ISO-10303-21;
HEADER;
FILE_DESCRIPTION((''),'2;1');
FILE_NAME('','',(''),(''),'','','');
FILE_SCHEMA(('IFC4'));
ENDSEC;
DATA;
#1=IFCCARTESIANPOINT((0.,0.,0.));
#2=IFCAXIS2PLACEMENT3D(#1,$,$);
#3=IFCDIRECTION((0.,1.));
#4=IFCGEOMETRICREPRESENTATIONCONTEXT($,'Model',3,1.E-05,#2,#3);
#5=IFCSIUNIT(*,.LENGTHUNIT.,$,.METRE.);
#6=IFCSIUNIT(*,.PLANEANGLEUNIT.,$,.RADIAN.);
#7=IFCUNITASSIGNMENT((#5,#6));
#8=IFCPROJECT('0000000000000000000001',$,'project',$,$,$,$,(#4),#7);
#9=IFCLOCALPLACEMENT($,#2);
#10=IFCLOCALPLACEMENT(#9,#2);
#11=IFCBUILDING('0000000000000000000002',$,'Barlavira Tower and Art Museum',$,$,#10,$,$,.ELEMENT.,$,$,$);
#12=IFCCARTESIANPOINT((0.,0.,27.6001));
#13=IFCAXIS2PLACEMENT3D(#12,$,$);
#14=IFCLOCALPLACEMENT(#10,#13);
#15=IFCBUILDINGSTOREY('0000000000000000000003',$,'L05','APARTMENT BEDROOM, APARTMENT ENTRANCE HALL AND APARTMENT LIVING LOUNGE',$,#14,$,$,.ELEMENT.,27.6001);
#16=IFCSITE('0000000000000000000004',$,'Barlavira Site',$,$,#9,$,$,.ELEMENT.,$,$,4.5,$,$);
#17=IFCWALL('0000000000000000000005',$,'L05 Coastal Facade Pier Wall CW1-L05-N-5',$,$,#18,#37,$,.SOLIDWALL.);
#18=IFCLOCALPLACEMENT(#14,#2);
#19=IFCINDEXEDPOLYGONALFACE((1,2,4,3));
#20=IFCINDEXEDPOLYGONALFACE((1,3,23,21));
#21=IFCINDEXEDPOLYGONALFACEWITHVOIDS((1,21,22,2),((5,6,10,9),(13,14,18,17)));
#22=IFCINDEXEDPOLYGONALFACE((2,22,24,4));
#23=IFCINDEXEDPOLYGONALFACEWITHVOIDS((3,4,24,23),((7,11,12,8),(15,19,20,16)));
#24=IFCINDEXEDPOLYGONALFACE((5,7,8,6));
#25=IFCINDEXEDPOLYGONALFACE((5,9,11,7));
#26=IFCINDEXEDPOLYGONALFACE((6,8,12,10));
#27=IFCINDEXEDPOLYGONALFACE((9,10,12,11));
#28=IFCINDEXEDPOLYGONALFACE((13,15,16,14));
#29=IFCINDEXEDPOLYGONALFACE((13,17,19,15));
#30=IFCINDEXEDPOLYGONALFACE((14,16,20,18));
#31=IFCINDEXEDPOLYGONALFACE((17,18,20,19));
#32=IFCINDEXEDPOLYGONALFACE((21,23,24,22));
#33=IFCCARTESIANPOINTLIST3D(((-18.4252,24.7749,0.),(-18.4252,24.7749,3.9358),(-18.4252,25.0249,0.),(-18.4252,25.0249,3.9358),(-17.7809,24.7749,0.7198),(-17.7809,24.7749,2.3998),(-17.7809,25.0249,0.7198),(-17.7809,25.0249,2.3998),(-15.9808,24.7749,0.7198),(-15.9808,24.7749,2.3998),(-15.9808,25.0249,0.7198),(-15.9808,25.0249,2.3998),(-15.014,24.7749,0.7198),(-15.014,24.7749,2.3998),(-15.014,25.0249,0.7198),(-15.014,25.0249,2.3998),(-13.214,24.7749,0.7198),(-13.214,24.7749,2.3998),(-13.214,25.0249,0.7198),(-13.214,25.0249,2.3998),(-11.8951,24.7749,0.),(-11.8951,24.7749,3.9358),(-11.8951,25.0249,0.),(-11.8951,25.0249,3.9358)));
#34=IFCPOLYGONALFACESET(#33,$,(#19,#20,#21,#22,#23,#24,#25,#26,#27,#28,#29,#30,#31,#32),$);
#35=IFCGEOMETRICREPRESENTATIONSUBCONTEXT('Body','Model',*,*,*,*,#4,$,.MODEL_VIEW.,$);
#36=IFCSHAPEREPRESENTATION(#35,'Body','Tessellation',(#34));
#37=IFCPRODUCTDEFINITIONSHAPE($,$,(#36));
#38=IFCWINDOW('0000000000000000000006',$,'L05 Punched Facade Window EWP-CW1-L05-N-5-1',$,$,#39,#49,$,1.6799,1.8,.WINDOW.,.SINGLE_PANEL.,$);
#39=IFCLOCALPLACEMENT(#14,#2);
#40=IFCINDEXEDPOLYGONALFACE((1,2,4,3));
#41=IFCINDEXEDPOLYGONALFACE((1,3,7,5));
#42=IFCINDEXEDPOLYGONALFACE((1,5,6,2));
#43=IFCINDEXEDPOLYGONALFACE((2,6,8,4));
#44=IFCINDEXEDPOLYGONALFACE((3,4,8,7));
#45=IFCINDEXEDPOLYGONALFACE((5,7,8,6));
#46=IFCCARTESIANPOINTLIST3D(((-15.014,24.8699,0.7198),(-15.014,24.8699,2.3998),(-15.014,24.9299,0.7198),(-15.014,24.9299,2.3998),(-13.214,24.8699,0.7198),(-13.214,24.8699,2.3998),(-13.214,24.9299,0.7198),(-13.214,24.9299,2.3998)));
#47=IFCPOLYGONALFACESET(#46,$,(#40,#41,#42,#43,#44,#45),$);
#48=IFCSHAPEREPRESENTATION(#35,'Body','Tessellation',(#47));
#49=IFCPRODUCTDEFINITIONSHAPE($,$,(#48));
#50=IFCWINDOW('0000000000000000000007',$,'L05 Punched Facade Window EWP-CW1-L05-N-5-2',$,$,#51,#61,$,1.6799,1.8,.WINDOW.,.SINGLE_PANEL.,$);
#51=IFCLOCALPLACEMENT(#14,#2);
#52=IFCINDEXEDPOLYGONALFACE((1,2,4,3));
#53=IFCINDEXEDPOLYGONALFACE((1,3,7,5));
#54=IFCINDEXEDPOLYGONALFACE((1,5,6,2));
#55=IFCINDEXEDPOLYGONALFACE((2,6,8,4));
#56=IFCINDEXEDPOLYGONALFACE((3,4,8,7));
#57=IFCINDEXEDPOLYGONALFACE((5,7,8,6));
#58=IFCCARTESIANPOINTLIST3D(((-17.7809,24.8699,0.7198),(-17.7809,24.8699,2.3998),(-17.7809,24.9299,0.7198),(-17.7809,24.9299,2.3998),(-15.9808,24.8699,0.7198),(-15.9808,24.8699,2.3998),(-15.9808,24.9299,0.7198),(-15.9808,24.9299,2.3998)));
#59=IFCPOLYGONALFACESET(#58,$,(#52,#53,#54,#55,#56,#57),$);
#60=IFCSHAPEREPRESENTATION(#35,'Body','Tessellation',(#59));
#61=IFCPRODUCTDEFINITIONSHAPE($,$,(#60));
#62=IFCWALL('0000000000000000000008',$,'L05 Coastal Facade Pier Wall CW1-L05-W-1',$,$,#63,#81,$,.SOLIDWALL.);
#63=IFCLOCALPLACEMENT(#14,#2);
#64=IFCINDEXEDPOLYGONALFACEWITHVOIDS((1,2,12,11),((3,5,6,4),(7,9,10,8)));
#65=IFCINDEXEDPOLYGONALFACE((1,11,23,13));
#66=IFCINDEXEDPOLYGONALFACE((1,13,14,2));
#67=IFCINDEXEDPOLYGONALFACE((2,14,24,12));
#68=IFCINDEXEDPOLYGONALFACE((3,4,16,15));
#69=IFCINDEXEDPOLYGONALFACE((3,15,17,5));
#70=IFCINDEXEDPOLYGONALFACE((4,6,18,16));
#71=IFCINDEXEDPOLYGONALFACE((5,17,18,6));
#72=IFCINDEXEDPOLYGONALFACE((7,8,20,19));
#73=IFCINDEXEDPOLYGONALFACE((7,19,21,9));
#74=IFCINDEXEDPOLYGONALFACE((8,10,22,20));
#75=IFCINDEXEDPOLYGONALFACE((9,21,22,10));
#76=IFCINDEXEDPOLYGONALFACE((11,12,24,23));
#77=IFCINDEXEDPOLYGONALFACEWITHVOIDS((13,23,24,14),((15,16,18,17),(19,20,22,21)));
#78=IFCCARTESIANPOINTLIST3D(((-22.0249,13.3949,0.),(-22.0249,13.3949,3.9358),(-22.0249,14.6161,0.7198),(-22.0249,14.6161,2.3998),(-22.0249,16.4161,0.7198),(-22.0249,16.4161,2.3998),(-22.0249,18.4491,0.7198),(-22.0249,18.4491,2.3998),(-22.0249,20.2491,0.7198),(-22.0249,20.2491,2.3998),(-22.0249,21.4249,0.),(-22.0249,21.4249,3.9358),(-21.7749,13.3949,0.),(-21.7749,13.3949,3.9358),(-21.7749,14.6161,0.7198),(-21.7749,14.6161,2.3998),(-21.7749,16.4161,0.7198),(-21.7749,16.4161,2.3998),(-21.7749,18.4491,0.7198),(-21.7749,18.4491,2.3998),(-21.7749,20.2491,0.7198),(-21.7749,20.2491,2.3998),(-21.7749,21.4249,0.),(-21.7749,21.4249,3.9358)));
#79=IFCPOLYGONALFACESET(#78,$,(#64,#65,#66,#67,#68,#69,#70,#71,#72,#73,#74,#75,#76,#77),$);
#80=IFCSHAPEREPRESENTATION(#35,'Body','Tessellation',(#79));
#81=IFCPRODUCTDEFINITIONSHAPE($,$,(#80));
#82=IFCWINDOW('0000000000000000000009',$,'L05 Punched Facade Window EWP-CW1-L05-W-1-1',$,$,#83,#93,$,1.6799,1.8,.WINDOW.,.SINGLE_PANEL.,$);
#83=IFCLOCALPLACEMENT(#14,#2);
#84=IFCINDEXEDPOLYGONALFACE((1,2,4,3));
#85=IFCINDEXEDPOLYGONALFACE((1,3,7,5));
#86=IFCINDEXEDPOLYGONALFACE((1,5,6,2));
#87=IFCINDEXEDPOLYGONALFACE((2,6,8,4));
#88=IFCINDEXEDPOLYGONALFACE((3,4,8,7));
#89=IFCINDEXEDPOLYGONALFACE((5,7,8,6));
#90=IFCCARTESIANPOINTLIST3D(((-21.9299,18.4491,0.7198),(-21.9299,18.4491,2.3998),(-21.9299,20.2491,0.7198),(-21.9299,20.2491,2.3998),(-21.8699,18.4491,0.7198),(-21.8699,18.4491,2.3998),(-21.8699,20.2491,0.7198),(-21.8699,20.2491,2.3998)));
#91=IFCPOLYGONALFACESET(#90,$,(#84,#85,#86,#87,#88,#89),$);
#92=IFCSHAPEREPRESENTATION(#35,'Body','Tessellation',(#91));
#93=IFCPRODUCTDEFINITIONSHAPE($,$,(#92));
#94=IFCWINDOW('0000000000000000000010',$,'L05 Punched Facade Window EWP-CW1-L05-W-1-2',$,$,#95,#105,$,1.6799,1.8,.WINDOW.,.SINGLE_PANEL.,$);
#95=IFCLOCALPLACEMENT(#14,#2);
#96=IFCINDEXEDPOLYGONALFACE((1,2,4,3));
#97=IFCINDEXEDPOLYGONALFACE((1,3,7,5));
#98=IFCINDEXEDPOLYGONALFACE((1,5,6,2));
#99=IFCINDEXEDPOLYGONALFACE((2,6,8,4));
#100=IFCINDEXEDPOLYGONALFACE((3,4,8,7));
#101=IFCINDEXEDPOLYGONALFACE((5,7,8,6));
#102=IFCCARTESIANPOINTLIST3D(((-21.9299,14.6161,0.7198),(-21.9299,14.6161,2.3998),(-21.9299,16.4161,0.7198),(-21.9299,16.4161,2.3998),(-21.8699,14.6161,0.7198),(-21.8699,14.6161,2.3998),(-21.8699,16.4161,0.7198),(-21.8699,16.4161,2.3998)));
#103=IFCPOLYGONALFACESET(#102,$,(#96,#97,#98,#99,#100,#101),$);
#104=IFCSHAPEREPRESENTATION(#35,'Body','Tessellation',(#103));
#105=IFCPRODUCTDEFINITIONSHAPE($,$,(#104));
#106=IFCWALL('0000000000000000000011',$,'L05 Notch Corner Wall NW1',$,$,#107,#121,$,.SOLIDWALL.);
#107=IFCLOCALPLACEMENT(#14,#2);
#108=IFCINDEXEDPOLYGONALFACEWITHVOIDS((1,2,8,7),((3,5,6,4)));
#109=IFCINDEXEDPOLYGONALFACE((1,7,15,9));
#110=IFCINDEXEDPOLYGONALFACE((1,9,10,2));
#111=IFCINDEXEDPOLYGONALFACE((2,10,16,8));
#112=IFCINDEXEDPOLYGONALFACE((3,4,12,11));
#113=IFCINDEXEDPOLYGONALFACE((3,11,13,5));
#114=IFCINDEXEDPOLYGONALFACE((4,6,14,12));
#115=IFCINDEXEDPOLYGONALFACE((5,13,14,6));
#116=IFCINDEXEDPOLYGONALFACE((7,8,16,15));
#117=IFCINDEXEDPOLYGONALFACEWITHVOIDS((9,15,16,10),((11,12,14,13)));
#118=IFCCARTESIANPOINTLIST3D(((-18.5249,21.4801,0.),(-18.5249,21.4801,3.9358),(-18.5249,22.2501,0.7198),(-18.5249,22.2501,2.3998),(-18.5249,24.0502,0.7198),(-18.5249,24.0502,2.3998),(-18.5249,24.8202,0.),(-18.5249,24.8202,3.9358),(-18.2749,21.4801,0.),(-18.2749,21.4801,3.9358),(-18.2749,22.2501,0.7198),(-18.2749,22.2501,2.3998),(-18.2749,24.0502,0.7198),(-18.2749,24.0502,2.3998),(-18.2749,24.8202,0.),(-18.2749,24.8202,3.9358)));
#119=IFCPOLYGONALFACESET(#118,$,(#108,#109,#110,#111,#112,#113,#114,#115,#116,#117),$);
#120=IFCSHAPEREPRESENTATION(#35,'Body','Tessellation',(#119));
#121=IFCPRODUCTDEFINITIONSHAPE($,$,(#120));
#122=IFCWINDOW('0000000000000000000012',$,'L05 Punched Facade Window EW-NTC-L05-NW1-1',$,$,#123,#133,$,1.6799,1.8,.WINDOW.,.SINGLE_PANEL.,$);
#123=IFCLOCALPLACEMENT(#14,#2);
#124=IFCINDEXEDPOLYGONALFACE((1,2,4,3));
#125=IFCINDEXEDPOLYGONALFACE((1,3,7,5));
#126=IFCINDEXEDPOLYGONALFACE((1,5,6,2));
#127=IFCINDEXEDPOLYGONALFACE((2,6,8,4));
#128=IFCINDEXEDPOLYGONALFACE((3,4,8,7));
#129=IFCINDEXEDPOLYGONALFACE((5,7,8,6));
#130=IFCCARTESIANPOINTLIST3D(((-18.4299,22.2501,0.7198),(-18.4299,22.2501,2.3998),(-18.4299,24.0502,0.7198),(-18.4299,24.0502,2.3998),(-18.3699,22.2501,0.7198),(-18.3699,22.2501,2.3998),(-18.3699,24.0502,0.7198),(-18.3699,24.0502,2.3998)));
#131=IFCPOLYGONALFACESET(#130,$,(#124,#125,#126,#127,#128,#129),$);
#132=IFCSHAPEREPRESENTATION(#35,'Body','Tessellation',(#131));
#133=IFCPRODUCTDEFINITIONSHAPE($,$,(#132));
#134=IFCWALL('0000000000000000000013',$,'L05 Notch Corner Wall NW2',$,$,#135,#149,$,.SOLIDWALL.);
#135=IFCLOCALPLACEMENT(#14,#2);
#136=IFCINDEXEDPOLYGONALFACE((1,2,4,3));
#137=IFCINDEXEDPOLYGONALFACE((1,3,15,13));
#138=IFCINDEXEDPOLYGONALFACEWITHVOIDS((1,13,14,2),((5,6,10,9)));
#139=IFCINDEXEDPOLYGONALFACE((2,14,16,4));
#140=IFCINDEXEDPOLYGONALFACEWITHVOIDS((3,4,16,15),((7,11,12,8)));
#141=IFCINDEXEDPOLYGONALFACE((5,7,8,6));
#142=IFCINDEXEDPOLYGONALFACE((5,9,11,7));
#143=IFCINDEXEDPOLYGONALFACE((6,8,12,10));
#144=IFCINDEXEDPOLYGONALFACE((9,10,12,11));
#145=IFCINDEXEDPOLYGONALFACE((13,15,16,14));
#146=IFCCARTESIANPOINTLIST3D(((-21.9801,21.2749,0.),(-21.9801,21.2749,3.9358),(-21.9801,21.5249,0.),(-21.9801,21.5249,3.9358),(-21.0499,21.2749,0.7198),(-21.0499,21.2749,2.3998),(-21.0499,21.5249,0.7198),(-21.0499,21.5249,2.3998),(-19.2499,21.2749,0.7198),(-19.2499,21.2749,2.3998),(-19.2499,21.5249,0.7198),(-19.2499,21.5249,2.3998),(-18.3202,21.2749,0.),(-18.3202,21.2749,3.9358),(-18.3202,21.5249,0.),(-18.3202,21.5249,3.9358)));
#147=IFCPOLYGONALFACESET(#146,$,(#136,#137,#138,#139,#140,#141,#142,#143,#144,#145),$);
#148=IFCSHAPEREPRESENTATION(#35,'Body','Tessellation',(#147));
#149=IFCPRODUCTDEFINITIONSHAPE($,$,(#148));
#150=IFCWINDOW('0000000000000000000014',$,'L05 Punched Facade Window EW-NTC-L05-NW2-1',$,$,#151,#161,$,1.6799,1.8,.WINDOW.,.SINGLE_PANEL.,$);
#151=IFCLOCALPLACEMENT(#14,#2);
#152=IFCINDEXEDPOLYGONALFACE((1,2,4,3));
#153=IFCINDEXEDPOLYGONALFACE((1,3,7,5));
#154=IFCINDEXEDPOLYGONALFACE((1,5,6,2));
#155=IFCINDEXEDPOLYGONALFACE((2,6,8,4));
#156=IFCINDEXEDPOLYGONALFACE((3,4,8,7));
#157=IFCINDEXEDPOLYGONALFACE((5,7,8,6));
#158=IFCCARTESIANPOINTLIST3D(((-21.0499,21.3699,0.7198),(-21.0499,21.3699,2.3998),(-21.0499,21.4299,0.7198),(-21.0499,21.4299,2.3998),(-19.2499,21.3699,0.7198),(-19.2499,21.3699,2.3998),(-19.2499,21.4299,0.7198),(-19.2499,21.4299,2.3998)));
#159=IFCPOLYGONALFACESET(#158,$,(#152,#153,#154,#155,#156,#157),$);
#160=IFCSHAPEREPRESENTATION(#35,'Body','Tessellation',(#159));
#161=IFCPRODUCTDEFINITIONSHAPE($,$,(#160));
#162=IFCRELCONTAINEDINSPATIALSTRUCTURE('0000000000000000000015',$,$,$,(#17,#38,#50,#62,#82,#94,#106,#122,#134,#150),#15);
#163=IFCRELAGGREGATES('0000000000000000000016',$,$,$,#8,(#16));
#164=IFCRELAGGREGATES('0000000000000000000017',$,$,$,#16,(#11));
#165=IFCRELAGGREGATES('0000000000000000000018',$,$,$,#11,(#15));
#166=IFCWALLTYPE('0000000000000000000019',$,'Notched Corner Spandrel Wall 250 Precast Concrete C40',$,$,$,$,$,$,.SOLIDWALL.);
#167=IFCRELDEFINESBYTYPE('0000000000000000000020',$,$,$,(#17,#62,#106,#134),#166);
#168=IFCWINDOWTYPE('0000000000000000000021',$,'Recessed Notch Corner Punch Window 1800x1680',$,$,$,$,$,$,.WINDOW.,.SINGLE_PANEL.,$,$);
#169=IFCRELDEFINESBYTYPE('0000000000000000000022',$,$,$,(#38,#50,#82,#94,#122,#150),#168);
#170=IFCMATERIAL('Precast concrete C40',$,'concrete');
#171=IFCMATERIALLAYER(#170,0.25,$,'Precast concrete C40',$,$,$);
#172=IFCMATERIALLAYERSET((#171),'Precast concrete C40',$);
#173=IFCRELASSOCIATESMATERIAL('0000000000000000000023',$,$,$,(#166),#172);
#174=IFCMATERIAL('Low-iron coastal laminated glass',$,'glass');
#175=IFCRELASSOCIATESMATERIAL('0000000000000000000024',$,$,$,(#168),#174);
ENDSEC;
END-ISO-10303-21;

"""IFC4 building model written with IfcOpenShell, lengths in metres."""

from ifc_helpers import new_model, si_unit, direction, frame, frame_2d, origin, place, context, subcontext, project, spatial, rectangle, extrude, material, layer, layer_set, type_object, element, fill, save


model = new_model("IFC4")

# Units and contexts
model_context = context("Model", 3, precision=1e-05, world=origin(), true_north=direction((0.0, 1.0)))
body_context = subcontext(model_context, "Body", "Model", "MODEL_VIEW")
ifc_project = project(units=[si_unit("LENGTHUNIT", "METRE"), si_unit("PLANEANGLEUNIT", "RADIAN")], contexts=[model_context])

# Site, building, storey
site_placement = place(None, origin())
site = spatial("IfcSite", under=ifc_project, at=site_placement, Name="Barlavira Site", CompositionType="ELEMENT", RefElevation=4.5)
building_placement = place(site_placement, origin())
building = spatial("IfcBuilding", under=site, at=building_placement, Name="Barlavira Tower and Art Museum", CompositionType="ELEMENT")
storey_placement = place(building_placement, frame((0.0, 0.0, 27.6001)))
storey = spatial("IfcBuildingStorey", under=building, at=storey_placement, Name="L05", Description="APARTMENT BEDROOM, APARTMENT ENTRANCE HALL AND APARTMENT LIVING LOUNGE", CompositionType="ELEMENT", Elevation=27.6001)

# Walls, openings, windows
ifc_material_1 = material(Name="Precast concrete C40", Category="concrete")
ifc_layer_1 = layer(ifc_material_1, 0.25, Name="Precast concrete C40")
ifc_layer_set_1 = layer_set([ifc_layer_1], Name="Precast concrete C40")
wall_type_1 = type_object("IfcWallType", Name="Notched Corner Spandrel Wall 250 Precast Concrete C40", PredefinedType="SOLIDWALL", material=ifc_layer_set_1)
wall_1_placement = place(storey_placement, frame((-11.895, 24.8999, 0.0), z_axis=(0.0, 0.0, 1.0), x_axis=(-1.0, 0.0, 0.0)))
wall_1 = element("IfcWall", 1, at=wall_1_placement, inside=storey, type_object=wall_type_1, Name="L05 Coastal Facade Pier Wall CW1-L05-N-5", PredefinedType="SOLIDWALL", context=body_context, shape_type="SweptSolid", body=[
    extrude(rectangle(XDim=6.53, YDim=0.25, at=frame_2d((3.2651, 0.0))), origin(), (0.0, 0.0, 1.0), 3.9358),
])
opening_1_placement = place(wall_1_placement, frame((1.3191, 0.0, 0.72)))
opening_1 = element("IfcOpeningElement", 2, at=opening_1_placement, cuts=wall_1, PredefinedType="OPENING", context=body_context, shape_type="SweptSolid", body=[
    extrude(rectangle(XDim=1.8, YDim=1.6799, at=frame_2d((0.8999, 0.8398))), frame((0.0, 0.135, 0.0), z_axis=(0.0, -1.0, 0.0), x_axis=(1.0, 0.0, 0.0)), (0.0, 0.0, 1.0), 0.27),
])
opening_2_placement = place(wall_1_placement, frame((4.0859, 0.0, 0.72)))
opening_2 = element("IfcOpeningElement", 3, at=opening_2_placement, cuts=wall_1, PredefinedType="OPENING", context=body_context, shape_type="SweptSolid", body=[
    extrude(rectangle(XDim=1.8, YDim=1.6799, at=frame_2d((0.8999, 0.8398))), frame((0.0, 0.135, 0.0), z_axis=(0.0, -1.0, 0.0), x_axis=(1.0, 0.0, 0.0)), (0.0, 0.0, 1.0), 0.27),
])
ifc_material_2 = material(Name="Low-iron coastal laminated glass", Category="glass")
window_type = type_object("IfcWindowType", Name="Recessed Notch Corner Punch Window 1800x1680", PartitioningType="SINGLE_PANEL", PredefinedType="WINDOW", material=ifc_material_2)
window_1_placement = place(opening_1_placement, origin())
window_1 = element("IfcWindow", 4, at=window_1_placement, inside=storey, type_object=window_type, Name="L05 Punched Facade Window EWP-CW1-L05-N-5-1", OverallHeight=1.6799, OverallWidth=1.8, PartitioningType="SINGLE_PANEL", PredefinedType="WINDOW", context=body_context, shape_type="SweptSolid", body=[
    extrude(rectangle(XDim=1.8, YDim=1.6799, at=frame_2d((0.8999, 0.8398))), frame((0.0, 0.03, 0.0), z_axis=(0.0, -1.0, 0.0), x_axis=(1.0, 0.0, 0.0)), (0.0, 0.0, 1.0), 0.0601),
])
fill(opening_1, window_1)
window_2_placement = place(opening_2_placement, origin())
window_2 = element("IfcWindow", 5, at=window_2_placement, inside=storey, type_object=window_type, Name="L05 Punched Facade Window EWP-CW1-L05-N-5-2", OverallHeight=1.6799, OverallWidth=1.8, PartitioningType="SINGLE_PANEL", PredefinedType="WINDOW", context=body_context, shape_type="SweptSolid", body=[
    extrude(rectangle(XDim=1.8, YDim=1.6799, at=frame_2d((0.8999, 0.8398))), frame((0.0, 0.03, 0.0), z_axis=(0.0, -1.0, 0.0), x_axis=(1.0, 0.0, 0.0)), (0.0, 0.0, 1.0), 0.0601),
])
fill(opening_2, window_2)
wall_2_placement = place(storey_placement, frame((-21.8999, 21.425, 0.0), z_axis=(0.0, 0.0, 1.0), x_axis=(0.0, -1.0, 0.0)))
wall_2 = element("IfcWall", 6, at=wall_2_placement, inside=storey, type_object=wall_type_1, Name="L05 Coastal Facade Pier Wall CW1-L05-W-1", PredefinedType="SOLIDWALL", context=body_context, shape_type="SweptSolid", body=[
    extrude(rectangle(XDim=8.03, YDim=0.25, at=frame_2d((4.0151, 0.0))), origin(), (0.0, 0.0, 1.0), 3.9358),
])
opening_3_placement = place(wall_2_placement, frame((1.176, 0.0, 0.72)))
opening_3 = element("IfcOpeningElement", 7, at=opening_3_placement, cuts=wall_2, PredefinedType="OPENING", context=body_context, shape_type="SweptSolid", body=[
    extrude(rectangle(XDim=1.8, YDim=1.6799, at=frame_2d((0.8999, 0.8398))), frame((0.0, 0.135, 0.0), z_axis=(0.0, -1.0, 0.0), x_axis=(1.0, 0.0, 0.0)), (0.0, 0.0, 1.0), 0.27),
])
opening_4_placement = place(wall_2_placement, frame((5.009, 0.0, 0.72)))
opening_4 = element("IfcOpeningElement", 8, at=opening_4_placement, cuts=wall_2, PredefinedType="OPENING", context=body_context, shape_type="SweptSolid", body=[
    extrude(rectangle(XDim=1.8, YDim=1.6799, at=frame_2d((0.8999, 0.8398))), frame((0.0, 0.135, 0.0), z_axis=(0.0, -1.0, 0.0), x_axis=(1.0, 0.0, 0.0)), (0.0, 0.0, 1.0), 0.27),
])
window_3_placement = place(opening_3_placement, origin())
window_3 = element("IfcWindow", 9, at=window_3_placement, inside=storey, type_object=window_type, Name="L05 Punched Facade Window EWP-CW1-L05-W-1-1", OverallHeight=1.6799, OverallWidth=1.8, PartitioningType="SINGLE_PANEL", PredefinedType="WINDOW", context=body_context, shape_type="SweptSolid", body=[
    extrude(rectangle(XDim=1.8, YDim=1.6799, at=frame_2d((0.8999, 0.8398))), frame((0.0, 0.03, 0.0), z_axis=(0.0, -1.0, 0.0), x_axis=(1.0, 0.0, 0.0)), (0.0, 0.0, 1.0), 0.0601),
])
fill(opening_3, window_3)
window_4_placement = place(opening_4_placement, origin())
window_4 = element("IfcWindow", 10, at=window_4_placement, inside=storey, type_object=window_type, Name="L05 Punched Facade Window EWP-CW1-L05-W-1-2", OverallHeight=1.6799, OverallWidth=1.8, PartitioningType="SINGLE_PANEL", PredefinedType="WINDOW", context=body_context, shape_type="SweptSolid", body=[
    extrude(rectangle(XDim=1.8, YDim=1.6799, at=frame_2d((0.8999, 0.8398))), frame((0.0, 0.03, 0.0), z_axis=(0.0, -1.0, 0.0), x_axis=(1.0, 0.0, 0.0)), (0.0, 0.0, 1.0), 0.0601),
])
fill(opening_4, window_4)

# Walls, openings, windows
wall_3_placement = place(storey_placement, frame((-18.3999, 24.8201, 0.0), z_axis=(0.0, 0.0, 1.0), x_axis=(0.0, -1.0, 0.0)))
wall_3 = element("IfcWall", 11, at=wall_3_placement, inside=storey, type_object=wall_type_1, Name="L05 Notch Corner Wall NW1", PredefinedType="SOLIDWALL", context=body_context, shape_type="SweptSolid", body=[
    extrude(rectangle(XDim=3.3401, YDim=0.25, at=frame_2d((1.6699, 0.0))), origin(), (0.0, 0.0, 1.0), 3.9358),
])
opening_5_placement = place(wall_3_placement, frame((0.77, 0.0, 0.72)))
opening_5 = element("IfcOpeningElement", 12, at=opening_5_placement, cuts=wall_3, PredefinedType="OPENING", context=body_context, shape_type="SweptSolid", body=[
    extrude(rectangle(XDim=1.8, YDim=1.6799, at=frame_2d((0.8999, 0.8398))), frame((0.0, 0.135, 0.0), z_axis=(0.0, -1.0, 0.0), x_axis=(1.0, 0.0, 0.0)), (0.0, 0.0, 1.0), 0.27),
])
window_5_placement = place(opening_5_placement, origin())
window_5 = element("IfcWindow", 13, at=window_5_placement, inside=storey, type_object=window_type, Name="L05 Punched Facade Window EW-NTC-L05-NW1-1", OverallHeight=1.6799, OverallWidth=1.8, PartitioningType="SINGLE_PANEL", PredefinedType="WINDOW", context=body_context, shape_type="SweptSolid", body=[
    extrude(rectangle(XDim=1.8, YDim=1.6799, at=frame_2d((0.8999, 0.8398))), frame((0.0, 0.03, 0.0), z_axis=(0.0, -1.0, 0.0), x_axis=(1.0, 0.0, 0.0)), (0.0, 0.0, 1.0), 0.0601),
])
fill(opening_5, window_5)
wall_4_placement = place(storey_placement, frame((-18.3201, 21.3999, 0.0), z_axis=(0.0, 0.0, 1.0), x_axis=(-1.0, 0.0, 0.0)))
wall_4 = element("IfcWall", 14, at=wall_4_placement, inside=storey, type_object=wall_type_1, Name="L05 Notch Corner Wall NW2", PredefinedType="SOLIDWALL", context=body_context, shape_type="SweptSolid", body=[
    extrude(rectangle(XDim=3.6599, YDim=0.25, at=frame_2d((1.8301, 0.0))), origin(), (0.0, 0.0, 1.0), 3.9358),
])
opening_6_placement = place(wall_4_placement, frame((0.9299, 0.0, 0.72)))
opening_6 = element("IfcOpeningElement", 15, at=opening_6_placement, cuts=wall_4, PredefinedType="OPENING", context=body_context, shape_type="SweptSolid", body=[
    extrude(rectangle(XDim=1.8, YDim=1.6799, at=frame_2d((0.8999, 0.8398))), frame((0.0, 0.135, 0.0), z_axis=(0.0, -1.0, 0.0), x_axis=(1.0, 0.0, 0.0)), (0.0, 0.0, 1.0), 0.27),
])
window_6_placement = place(opening_6_placement, origin())
window_6 = element("IfcWindow", 16, at=window_6_placement, inside=storey, type_object=window_type, Name="L05 Punched Facade Window EW-NTC-L05-NW2-1", OverallHeight=1.6799, OverallWidth=1.8, PartitioningType="SINGLE_PANEL", PredefinedType="WINDOW", context=body_context, shape_type="SweptSolid", body=[
    extrude(rectangle(XDim=1.8, YDim=1.6799, at=frame_2d((0.8999, 0.8398))), frame((0.0, 0.03, 0.0), z_axis=(0.0, -1.0, 0.0), x_axis=(1.0, 0.0, 0.0)), (0.0, 0.0, 1.0), 0.0601),
])
fill(opening_6, window_6)

save(model, "model.ifc")
